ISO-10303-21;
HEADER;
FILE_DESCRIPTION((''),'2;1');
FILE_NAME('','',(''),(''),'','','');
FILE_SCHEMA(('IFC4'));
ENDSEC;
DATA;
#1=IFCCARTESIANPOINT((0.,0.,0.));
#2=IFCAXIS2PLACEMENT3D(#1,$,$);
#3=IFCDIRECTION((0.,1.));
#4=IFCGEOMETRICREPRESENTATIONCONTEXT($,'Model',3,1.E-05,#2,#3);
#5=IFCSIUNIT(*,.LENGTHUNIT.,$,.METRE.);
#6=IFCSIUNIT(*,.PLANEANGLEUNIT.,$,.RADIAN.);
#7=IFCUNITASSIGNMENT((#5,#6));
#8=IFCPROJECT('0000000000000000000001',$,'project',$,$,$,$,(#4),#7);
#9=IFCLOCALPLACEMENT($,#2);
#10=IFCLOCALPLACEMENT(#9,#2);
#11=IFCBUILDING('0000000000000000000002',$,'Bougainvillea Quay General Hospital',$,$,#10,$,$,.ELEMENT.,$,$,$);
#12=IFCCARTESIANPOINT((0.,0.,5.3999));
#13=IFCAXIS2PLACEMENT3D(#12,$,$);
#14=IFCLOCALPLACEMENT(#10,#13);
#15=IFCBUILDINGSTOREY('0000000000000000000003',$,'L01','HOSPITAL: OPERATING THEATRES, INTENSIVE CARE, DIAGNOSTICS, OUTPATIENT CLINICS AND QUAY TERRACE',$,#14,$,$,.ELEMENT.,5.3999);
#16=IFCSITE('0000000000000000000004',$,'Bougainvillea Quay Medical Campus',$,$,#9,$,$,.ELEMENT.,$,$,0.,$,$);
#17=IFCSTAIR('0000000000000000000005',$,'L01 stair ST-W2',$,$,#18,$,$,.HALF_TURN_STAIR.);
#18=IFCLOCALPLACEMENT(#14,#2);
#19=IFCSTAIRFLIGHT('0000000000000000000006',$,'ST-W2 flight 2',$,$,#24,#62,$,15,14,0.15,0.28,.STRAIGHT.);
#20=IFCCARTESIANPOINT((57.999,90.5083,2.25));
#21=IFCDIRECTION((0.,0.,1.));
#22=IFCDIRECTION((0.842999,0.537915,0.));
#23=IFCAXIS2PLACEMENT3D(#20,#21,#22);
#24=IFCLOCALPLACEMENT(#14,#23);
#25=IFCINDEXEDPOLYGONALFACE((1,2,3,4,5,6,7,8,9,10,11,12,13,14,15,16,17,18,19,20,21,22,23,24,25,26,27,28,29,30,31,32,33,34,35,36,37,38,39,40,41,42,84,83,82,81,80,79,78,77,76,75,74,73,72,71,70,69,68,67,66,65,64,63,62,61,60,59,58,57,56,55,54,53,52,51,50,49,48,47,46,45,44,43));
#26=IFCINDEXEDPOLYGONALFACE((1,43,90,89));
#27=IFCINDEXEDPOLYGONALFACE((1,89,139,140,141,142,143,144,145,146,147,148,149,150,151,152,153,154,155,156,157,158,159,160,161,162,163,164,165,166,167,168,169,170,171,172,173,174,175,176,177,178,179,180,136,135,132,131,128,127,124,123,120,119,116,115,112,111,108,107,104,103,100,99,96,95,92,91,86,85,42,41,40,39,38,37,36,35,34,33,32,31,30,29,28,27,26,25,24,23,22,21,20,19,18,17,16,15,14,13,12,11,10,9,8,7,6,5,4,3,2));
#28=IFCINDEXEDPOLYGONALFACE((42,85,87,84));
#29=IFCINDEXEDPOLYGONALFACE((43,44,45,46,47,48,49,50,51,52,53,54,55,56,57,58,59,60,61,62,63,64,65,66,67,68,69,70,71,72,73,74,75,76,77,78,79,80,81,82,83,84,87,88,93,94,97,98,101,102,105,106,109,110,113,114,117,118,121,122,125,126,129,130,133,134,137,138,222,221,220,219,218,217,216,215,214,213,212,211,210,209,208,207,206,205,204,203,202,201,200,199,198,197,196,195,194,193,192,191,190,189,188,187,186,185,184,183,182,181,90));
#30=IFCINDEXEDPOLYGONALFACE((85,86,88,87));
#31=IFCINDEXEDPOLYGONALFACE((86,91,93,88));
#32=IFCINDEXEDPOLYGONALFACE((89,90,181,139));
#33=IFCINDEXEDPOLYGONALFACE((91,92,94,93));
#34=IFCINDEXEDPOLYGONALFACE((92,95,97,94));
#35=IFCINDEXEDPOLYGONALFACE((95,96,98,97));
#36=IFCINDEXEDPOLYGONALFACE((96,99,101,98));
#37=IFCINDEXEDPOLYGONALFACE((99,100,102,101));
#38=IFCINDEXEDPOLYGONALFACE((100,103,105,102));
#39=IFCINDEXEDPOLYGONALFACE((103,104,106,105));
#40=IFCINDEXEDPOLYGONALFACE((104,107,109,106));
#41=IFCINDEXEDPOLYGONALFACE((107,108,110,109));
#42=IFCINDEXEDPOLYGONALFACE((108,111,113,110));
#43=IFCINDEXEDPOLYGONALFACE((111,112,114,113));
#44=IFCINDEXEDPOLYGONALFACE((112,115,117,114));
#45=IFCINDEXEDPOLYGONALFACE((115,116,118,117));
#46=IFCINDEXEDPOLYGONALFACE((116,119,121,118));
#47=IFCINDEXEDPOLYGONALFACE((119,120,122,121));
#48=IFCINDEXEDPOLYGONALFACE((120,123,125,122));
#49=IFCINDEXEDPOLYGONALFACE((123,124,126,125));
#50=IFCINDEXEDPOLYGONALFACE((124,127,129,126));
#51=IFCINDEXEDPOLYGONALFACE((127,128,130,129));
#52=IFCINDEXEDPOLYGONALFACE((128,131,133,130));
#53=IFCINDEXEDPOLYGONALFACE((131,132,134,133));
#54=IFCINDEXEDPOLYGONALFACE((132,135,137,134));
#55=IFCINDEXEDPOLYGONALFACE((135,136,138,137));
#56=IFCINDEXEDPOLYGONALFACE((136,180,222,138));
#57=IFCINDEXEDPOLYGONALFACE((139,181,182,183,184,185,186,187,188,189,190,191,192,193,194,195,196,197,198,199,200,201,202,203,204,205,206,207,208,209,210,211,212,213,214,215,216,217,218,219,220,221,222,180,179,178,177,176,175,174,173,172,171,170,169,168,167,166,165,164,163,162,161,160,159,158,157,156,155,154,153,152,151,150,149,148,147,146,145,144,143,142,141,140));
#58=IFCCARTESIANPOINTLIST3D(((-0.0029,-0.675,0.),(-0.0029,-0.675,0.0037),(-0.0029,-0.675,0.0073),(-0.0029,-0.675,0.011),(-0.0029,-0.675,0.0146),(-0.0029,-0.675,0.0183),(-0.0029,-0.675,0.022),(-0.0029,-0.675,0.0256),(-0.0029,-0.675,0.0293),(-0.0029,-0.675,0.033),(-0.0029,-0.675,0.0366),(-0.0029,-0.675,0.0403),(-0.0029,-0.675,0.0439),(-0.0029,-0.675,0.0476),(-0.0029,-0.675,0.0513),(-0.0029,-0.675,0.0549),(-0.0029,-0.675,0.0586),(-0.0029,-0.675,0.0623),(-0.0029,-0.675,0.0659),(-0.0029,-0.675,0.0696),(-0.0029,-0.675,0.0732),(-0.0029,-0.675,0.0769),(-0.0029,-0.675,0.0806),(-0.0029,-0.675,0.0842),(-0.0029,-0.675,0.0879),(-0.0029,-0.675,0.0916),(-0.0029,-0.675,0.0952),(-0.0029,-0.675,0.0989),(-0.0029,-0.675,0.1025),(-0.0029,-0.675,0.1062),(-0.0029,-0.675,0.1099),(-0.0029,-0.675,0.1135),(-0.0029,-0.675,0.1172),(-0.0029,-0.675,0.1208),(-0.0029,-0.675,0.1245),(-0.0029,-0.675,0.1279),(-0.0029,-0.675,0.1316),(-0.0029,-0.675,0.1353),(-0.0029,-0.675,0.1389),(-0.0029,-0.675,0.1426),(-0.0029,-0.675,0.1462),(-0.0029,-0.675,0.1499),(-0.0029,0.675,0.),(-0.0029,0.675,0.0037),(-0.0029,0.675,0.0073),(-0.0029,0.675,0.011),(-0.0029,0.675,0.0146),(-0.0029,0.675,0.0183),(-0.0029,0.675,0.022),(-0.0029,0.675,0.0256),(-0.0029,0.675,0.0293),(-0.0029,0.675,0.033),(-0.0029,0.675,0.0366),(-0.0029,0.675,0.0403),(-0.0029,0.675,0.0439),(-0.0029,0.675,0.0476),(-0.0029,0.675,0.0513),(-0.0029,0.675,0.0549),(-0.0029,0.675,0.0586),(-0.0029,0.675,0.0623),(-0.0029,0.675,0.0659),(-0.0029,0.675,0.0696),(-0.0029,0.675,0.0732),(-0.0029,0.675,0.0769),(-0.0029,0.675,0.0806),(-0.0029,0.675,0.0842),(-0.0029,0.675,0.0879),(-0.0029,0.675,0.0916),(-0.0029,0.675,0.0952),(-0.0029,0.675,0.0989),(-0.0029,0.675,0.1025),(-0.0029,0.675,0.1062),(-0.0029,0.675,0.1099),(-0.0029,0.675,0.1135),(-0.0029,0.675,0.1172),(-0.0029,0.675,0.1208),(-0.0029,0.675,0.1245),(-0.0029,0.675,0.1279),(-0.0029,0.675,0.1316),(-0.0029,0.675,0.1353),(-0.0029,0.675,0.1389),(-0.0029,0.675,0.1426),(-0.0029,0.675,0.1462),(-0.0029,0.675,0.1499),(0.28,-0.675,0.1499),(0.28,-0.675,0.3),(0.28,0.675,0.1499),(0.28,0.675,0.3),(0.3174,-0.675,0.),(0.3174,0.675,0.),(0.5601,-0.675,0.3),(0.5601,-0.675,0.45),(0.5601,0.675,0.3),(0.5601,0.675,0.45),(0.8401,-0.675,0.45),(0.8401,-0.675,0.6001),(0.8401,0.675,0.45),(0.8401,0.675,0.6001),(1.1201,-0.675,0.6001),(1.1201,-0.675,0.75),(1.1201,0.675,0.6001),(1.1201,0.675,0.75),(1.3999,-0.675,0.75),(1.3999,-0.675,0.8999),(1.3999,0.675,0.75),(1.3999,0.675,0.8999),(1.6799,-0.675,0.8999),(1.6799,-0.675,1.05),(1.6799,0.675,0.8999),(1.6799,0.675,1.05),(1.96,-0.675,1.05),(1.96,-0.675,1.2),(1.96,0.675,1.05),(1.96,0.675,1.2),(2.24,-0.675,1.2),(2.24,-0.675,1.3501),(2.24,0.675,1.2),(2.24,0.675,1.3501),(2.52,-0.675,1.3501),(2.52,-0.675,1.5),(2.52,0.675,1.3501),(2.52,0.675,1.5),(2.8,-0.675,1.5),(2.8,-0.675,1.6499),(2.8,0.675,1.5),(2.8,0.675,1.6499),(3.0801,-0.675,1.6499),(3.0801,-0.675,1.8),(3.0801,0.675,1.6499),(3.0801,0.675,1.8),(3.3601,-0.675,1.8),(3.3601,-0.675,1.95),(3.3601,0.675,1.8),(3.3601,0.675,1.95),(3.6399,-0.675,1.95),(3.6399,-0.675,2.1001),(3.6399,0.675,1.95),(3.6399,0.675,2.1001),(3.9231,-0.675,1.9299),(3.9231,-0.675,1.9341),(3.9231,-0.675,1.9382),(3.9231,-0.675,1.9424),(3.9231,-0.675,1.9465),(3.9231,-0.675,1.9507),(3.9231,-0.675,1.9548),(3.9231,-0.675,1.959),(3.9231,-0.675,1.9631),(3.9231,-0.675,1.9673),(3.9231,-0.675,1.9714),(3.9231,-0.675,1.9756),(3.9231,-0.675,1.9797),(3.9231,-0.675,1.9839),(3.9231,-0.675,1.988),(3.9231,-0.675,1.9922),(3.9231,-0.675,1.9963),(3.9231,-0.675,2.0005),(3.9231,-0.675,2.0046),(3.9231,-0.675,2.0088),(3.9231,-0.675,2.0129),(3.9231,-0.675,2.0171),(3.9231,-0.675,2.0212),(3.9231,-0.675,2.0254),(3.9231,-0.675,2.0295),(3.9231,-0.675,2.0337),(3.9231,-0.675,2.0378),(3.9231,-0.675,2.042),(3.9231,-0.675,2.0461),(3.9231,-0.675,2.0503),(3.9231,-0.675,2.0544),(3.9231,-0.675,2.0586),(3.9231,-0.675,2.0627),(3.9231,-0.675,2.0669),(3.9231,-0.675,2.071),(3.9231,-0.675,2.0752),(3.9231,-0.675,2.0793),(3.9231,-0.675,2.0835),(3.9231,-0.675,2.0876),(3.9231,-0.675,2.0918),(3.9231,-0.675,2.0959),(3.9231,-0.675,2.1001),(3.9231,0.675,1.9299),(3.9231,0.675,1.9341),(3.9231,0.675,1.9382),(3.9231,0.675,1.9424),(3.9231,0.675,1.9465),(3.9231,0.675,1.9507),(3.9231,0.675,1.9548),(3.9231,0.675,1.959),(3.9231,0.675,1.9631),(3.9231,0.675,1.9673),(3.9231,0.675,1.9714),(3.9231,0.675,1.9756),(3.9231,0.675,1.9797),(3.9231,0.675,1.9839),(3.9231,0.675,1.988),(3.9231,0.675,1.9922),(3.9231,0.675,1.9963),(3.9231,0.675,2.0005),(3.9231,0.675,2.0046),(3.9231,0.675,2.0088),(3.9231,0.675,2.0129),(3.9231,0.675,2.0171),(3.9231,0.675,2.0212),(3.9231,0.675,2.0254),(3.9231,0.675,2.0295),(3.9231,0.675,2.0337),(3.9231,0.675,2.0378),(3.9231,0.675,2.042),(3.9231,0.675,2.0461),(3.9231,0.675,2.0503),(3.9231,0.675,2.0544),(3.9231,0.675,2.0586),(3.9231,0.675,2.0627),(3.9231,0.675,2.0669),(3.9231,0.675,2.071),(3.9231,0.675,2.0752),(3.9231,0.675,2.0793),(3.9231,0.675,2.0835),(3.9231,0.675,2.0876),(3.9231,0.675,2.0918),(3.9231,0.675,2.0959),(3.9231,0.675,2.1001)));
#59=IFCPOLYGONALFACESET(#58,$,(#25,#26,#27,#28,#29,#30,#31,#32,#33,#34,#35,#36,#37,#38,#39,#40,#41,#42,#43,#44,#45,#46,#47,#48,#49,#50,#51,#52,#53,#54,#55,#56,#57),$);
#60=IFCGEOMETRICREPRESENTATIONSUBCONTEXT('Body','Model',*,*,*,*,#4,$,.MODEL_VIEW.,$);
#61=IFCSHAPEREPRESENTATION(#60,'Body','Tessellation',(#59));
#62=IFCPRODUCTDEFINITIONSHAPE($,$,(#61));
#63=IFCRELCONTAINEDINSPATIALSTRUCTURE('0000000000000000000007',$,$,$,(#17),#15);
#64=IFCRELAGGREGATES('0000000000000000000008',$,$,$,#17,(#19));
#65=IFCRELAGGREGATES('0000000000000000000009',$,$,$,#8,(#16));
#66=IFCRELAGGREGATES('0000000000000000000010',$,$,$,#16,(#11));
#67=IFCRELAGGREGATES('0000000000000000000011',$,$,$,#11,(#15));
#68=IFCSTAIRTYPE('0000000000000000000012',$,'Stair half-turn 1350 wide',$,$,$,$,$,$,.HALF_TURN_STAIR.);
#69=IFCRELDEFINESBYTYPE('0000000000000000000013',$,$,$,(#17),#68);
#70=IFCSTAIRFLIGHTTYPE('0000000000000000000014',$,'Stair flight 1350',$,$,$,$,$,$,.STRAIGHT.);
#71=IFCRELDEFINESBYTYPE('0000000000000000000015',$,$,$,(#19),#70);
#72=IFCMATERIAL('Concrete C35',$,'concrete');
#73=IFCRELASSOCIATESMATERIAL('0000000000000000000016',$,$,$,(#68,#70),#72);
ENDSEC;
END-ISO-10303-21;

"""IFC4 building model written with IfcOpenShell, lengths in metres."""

from ifc_helpers import new_model, si_unit, direction, frame, origin, place, context, subcontext, project, spatial, polyline, outline, extrude, material, type_object, element, aggregate, save


model = new_model("IFC4")

# Units and contexts
model_context = context("Model", 3, precision=1e-05, world=origin(), true_north=direction((0.0, 1.0)))
body_context = subcontext(model_context, "Body", "Model", "MODEL_VIEW")
ifc_project = project(units=[si_unit("LENGTHUNIT", "METRE"), si_unit("PLANEANGLEUNIT", "RADIAN")], contexts=[model_context])

# Site, building, storey
site_placement = place(None, origin())
site = spatial("IfcSite", under=ifc_project, at=site_placement, Name="Bougainvillea Quay Medical Campus", CompositionType="ELEMENT", RefElevation=0.0)
building_placement = place(site_placement, origin())
building = spatial("IfcBuilding", under=site, at=building_placement, Name="Bougainvillea Quay General Hospital", CompositionType="ELEMENT")
storey_placement = place(building_placement, frame((0.0, 0.0, 5.3999)))
storey = spatial("IfcBuildingStorey", under=building, at=storey_placement, Name="L01", Description="HOSPITAL: OPERATING THEATRES, INTENSIVE CARE, DIAGNOSTICS, OUTPATIENT CLINICS AND QUAY TERRACE", CompositionType="ELEMENT", Elevation=5.3999)

# Stair, stair flight
ifc_material_1 = material(Name="Concrete C35", Category="concrete")
stair_type = type_object("IfcStairType", Name="Stair half-turn 1350 wide", PredefinedType="HALF_TURN_STAIR", material=ifc_material_1)
stair_placement = place(storey_placement, origin())
stair = element("IfcStair", 1, at=stair_placement, inside=storey, type_object=stair_type, Name="L01 stair ST-W2", PredefinedType="HALF_TURN_STAIR")
stair_flight_type = type_object("IfcStairFlightType", Name="Stair flight 1350", PredefinedType="STRAIGHT", material=ifc_material_1)
stair_flight_placement = place(storey_placement, frame((57.999, 90.5083, 2.25), z_axis=(0.0, 0.0, 1.0), x_axis=(0.842999, 0.537915, 0.0)))
stair_flight = element("IfcStairFlight", 2, at=stair_flight_placement, type_object=stair_flight_type, Name="ST-W2 flight 2", NumberOfRisers=15, NumberOfTreads=14, PredefinedType="STRAIGHT", RiserHeight=0.15, TreadLength=0.28, context=body_context, shape_type="SweptSolid", body=[
    extrude(outline(polyline([(-0.0029, 0.0), (-0.0029, 0.0037), (-0.0029, 0.0073), (-0.0029, 0.011), (-0.0029, 0.0146), (-0.0029, 0.0183), (-0.0029, 0.022), (-0.0029, 0.0256), (-0.0029, 0.0293), (-0.0029, 0.033), (-0.0029, 0.0366), (-0.0029, 0.0403), (-0.0029, 0.0439), (-0.0029, 0.0476), (-0.0029, 0.0513), (-0.0029, 0.0549), (-0.0029, 0.0586), (-0.0029, 0.0623), (-0.0029, 0.0659), (-0.0029, 0.0696), (-0.0029, 0.0732), (-0.0029, 0.0769), (-0.0029, 0.0806), (-0.0029, 0.0842), (-0.0029, 0.0879), (-0.0029, 0.0916), (-0.0029, 0.0952), (-0.0029, 0.0989), (-0.0029, 0.1025), (-0.0029, 0.1062), (-0.0029, 0.1099), (-0.0029, 0.1135), (-0.0029, 0.1172), (-0.0029, 0.1208), (-0.0029, 0.1245), (-0.0029, 0.1279), (-0.0029, 0.1316), (-0.0029, 0.1353), (-0.0029, 0.1389), (-0.0029, 0.1426), (-0.0029, 0.1462), (-0.0029, 0.1499), (0.28, 0.1499), (0.28, 0.3), (0.5601, 0.3), (0.5601, 0.45), (0.8401, 0.45), (0.8401, 0.6001), (1.1201, 0.6001), (1.1201, 0.75), (1.3999, 0.75), (1.3999, 0.8999), (1.6799, 0.8999), (1.6799, 1.05), (1.96, 1.05), (1.96, 1.2), (2.24, 1.2), (2.24, 1.3501), (2.52, 1.3501), (2.52, 1.5), (2.8, 1.5), (2.8, 1.6499), (3.0801, 1.6499), (3.0801, 1.8), (3.3601, 1.8), (3.3601, 1.95), (3.6399, 1.95), (3.6399, 2.1001), (3.9231, 2.1001), (3.9231, 2.0959), (3.9231, 2.0918), (3.9231, 2.0876), (3.9231, 2.0835), (3.9231, 2.0793), (3.9231, 2.0752), (3.9231, 2.071), (3.9231, 2.0669), (3.9231, 2.0627), (3.9231, 2.0586), (3.9231, 2.0544), (3.9231, 2.0503), (3.9231, 2.0461), (3.9231, 2.042), (3.9231, 2.0378), (3.9231, 2.0337), (3.9231, 2.0295), (3.9231, 2.0254), (3.9231, 2.0212), (3.9231, 2.0171), (3.9231, 2.0129), (3.9231, 2.0088), (3.9231, 2.0046), (3.9231, 2.0005), (3.9231, 1.9963), (3.9231, 1.9922), (3.9231, 1.988), (3.9231, 1.9839), (3.9231, 1.9797), (3.9231, 1.9756), (3.9231, 1.9714), (3.9231, 1.9673), (3.9231, 1.9631), (3.9231, 1.959), (3.9231, 1.9548), (3.9231, 1.9507), (3.9231, 1.9465), (3.9231, 1.9424), (3.9231, 1.9382), (3.9231, 1.9341), (3.9231, 1.9299), (0.3174, 0.0), (-0.0029, 0.0)])), frame((0.0, 0.675, 0.0), z_axis=(0.0, -1.0, 0.0), x_axis=(1.0, 0.0, 0.0)), (0.0, 0.0, 1.0), 1.3501),
])
aggregate(stair, [stair_flight])

save(model, "model.ifc")
